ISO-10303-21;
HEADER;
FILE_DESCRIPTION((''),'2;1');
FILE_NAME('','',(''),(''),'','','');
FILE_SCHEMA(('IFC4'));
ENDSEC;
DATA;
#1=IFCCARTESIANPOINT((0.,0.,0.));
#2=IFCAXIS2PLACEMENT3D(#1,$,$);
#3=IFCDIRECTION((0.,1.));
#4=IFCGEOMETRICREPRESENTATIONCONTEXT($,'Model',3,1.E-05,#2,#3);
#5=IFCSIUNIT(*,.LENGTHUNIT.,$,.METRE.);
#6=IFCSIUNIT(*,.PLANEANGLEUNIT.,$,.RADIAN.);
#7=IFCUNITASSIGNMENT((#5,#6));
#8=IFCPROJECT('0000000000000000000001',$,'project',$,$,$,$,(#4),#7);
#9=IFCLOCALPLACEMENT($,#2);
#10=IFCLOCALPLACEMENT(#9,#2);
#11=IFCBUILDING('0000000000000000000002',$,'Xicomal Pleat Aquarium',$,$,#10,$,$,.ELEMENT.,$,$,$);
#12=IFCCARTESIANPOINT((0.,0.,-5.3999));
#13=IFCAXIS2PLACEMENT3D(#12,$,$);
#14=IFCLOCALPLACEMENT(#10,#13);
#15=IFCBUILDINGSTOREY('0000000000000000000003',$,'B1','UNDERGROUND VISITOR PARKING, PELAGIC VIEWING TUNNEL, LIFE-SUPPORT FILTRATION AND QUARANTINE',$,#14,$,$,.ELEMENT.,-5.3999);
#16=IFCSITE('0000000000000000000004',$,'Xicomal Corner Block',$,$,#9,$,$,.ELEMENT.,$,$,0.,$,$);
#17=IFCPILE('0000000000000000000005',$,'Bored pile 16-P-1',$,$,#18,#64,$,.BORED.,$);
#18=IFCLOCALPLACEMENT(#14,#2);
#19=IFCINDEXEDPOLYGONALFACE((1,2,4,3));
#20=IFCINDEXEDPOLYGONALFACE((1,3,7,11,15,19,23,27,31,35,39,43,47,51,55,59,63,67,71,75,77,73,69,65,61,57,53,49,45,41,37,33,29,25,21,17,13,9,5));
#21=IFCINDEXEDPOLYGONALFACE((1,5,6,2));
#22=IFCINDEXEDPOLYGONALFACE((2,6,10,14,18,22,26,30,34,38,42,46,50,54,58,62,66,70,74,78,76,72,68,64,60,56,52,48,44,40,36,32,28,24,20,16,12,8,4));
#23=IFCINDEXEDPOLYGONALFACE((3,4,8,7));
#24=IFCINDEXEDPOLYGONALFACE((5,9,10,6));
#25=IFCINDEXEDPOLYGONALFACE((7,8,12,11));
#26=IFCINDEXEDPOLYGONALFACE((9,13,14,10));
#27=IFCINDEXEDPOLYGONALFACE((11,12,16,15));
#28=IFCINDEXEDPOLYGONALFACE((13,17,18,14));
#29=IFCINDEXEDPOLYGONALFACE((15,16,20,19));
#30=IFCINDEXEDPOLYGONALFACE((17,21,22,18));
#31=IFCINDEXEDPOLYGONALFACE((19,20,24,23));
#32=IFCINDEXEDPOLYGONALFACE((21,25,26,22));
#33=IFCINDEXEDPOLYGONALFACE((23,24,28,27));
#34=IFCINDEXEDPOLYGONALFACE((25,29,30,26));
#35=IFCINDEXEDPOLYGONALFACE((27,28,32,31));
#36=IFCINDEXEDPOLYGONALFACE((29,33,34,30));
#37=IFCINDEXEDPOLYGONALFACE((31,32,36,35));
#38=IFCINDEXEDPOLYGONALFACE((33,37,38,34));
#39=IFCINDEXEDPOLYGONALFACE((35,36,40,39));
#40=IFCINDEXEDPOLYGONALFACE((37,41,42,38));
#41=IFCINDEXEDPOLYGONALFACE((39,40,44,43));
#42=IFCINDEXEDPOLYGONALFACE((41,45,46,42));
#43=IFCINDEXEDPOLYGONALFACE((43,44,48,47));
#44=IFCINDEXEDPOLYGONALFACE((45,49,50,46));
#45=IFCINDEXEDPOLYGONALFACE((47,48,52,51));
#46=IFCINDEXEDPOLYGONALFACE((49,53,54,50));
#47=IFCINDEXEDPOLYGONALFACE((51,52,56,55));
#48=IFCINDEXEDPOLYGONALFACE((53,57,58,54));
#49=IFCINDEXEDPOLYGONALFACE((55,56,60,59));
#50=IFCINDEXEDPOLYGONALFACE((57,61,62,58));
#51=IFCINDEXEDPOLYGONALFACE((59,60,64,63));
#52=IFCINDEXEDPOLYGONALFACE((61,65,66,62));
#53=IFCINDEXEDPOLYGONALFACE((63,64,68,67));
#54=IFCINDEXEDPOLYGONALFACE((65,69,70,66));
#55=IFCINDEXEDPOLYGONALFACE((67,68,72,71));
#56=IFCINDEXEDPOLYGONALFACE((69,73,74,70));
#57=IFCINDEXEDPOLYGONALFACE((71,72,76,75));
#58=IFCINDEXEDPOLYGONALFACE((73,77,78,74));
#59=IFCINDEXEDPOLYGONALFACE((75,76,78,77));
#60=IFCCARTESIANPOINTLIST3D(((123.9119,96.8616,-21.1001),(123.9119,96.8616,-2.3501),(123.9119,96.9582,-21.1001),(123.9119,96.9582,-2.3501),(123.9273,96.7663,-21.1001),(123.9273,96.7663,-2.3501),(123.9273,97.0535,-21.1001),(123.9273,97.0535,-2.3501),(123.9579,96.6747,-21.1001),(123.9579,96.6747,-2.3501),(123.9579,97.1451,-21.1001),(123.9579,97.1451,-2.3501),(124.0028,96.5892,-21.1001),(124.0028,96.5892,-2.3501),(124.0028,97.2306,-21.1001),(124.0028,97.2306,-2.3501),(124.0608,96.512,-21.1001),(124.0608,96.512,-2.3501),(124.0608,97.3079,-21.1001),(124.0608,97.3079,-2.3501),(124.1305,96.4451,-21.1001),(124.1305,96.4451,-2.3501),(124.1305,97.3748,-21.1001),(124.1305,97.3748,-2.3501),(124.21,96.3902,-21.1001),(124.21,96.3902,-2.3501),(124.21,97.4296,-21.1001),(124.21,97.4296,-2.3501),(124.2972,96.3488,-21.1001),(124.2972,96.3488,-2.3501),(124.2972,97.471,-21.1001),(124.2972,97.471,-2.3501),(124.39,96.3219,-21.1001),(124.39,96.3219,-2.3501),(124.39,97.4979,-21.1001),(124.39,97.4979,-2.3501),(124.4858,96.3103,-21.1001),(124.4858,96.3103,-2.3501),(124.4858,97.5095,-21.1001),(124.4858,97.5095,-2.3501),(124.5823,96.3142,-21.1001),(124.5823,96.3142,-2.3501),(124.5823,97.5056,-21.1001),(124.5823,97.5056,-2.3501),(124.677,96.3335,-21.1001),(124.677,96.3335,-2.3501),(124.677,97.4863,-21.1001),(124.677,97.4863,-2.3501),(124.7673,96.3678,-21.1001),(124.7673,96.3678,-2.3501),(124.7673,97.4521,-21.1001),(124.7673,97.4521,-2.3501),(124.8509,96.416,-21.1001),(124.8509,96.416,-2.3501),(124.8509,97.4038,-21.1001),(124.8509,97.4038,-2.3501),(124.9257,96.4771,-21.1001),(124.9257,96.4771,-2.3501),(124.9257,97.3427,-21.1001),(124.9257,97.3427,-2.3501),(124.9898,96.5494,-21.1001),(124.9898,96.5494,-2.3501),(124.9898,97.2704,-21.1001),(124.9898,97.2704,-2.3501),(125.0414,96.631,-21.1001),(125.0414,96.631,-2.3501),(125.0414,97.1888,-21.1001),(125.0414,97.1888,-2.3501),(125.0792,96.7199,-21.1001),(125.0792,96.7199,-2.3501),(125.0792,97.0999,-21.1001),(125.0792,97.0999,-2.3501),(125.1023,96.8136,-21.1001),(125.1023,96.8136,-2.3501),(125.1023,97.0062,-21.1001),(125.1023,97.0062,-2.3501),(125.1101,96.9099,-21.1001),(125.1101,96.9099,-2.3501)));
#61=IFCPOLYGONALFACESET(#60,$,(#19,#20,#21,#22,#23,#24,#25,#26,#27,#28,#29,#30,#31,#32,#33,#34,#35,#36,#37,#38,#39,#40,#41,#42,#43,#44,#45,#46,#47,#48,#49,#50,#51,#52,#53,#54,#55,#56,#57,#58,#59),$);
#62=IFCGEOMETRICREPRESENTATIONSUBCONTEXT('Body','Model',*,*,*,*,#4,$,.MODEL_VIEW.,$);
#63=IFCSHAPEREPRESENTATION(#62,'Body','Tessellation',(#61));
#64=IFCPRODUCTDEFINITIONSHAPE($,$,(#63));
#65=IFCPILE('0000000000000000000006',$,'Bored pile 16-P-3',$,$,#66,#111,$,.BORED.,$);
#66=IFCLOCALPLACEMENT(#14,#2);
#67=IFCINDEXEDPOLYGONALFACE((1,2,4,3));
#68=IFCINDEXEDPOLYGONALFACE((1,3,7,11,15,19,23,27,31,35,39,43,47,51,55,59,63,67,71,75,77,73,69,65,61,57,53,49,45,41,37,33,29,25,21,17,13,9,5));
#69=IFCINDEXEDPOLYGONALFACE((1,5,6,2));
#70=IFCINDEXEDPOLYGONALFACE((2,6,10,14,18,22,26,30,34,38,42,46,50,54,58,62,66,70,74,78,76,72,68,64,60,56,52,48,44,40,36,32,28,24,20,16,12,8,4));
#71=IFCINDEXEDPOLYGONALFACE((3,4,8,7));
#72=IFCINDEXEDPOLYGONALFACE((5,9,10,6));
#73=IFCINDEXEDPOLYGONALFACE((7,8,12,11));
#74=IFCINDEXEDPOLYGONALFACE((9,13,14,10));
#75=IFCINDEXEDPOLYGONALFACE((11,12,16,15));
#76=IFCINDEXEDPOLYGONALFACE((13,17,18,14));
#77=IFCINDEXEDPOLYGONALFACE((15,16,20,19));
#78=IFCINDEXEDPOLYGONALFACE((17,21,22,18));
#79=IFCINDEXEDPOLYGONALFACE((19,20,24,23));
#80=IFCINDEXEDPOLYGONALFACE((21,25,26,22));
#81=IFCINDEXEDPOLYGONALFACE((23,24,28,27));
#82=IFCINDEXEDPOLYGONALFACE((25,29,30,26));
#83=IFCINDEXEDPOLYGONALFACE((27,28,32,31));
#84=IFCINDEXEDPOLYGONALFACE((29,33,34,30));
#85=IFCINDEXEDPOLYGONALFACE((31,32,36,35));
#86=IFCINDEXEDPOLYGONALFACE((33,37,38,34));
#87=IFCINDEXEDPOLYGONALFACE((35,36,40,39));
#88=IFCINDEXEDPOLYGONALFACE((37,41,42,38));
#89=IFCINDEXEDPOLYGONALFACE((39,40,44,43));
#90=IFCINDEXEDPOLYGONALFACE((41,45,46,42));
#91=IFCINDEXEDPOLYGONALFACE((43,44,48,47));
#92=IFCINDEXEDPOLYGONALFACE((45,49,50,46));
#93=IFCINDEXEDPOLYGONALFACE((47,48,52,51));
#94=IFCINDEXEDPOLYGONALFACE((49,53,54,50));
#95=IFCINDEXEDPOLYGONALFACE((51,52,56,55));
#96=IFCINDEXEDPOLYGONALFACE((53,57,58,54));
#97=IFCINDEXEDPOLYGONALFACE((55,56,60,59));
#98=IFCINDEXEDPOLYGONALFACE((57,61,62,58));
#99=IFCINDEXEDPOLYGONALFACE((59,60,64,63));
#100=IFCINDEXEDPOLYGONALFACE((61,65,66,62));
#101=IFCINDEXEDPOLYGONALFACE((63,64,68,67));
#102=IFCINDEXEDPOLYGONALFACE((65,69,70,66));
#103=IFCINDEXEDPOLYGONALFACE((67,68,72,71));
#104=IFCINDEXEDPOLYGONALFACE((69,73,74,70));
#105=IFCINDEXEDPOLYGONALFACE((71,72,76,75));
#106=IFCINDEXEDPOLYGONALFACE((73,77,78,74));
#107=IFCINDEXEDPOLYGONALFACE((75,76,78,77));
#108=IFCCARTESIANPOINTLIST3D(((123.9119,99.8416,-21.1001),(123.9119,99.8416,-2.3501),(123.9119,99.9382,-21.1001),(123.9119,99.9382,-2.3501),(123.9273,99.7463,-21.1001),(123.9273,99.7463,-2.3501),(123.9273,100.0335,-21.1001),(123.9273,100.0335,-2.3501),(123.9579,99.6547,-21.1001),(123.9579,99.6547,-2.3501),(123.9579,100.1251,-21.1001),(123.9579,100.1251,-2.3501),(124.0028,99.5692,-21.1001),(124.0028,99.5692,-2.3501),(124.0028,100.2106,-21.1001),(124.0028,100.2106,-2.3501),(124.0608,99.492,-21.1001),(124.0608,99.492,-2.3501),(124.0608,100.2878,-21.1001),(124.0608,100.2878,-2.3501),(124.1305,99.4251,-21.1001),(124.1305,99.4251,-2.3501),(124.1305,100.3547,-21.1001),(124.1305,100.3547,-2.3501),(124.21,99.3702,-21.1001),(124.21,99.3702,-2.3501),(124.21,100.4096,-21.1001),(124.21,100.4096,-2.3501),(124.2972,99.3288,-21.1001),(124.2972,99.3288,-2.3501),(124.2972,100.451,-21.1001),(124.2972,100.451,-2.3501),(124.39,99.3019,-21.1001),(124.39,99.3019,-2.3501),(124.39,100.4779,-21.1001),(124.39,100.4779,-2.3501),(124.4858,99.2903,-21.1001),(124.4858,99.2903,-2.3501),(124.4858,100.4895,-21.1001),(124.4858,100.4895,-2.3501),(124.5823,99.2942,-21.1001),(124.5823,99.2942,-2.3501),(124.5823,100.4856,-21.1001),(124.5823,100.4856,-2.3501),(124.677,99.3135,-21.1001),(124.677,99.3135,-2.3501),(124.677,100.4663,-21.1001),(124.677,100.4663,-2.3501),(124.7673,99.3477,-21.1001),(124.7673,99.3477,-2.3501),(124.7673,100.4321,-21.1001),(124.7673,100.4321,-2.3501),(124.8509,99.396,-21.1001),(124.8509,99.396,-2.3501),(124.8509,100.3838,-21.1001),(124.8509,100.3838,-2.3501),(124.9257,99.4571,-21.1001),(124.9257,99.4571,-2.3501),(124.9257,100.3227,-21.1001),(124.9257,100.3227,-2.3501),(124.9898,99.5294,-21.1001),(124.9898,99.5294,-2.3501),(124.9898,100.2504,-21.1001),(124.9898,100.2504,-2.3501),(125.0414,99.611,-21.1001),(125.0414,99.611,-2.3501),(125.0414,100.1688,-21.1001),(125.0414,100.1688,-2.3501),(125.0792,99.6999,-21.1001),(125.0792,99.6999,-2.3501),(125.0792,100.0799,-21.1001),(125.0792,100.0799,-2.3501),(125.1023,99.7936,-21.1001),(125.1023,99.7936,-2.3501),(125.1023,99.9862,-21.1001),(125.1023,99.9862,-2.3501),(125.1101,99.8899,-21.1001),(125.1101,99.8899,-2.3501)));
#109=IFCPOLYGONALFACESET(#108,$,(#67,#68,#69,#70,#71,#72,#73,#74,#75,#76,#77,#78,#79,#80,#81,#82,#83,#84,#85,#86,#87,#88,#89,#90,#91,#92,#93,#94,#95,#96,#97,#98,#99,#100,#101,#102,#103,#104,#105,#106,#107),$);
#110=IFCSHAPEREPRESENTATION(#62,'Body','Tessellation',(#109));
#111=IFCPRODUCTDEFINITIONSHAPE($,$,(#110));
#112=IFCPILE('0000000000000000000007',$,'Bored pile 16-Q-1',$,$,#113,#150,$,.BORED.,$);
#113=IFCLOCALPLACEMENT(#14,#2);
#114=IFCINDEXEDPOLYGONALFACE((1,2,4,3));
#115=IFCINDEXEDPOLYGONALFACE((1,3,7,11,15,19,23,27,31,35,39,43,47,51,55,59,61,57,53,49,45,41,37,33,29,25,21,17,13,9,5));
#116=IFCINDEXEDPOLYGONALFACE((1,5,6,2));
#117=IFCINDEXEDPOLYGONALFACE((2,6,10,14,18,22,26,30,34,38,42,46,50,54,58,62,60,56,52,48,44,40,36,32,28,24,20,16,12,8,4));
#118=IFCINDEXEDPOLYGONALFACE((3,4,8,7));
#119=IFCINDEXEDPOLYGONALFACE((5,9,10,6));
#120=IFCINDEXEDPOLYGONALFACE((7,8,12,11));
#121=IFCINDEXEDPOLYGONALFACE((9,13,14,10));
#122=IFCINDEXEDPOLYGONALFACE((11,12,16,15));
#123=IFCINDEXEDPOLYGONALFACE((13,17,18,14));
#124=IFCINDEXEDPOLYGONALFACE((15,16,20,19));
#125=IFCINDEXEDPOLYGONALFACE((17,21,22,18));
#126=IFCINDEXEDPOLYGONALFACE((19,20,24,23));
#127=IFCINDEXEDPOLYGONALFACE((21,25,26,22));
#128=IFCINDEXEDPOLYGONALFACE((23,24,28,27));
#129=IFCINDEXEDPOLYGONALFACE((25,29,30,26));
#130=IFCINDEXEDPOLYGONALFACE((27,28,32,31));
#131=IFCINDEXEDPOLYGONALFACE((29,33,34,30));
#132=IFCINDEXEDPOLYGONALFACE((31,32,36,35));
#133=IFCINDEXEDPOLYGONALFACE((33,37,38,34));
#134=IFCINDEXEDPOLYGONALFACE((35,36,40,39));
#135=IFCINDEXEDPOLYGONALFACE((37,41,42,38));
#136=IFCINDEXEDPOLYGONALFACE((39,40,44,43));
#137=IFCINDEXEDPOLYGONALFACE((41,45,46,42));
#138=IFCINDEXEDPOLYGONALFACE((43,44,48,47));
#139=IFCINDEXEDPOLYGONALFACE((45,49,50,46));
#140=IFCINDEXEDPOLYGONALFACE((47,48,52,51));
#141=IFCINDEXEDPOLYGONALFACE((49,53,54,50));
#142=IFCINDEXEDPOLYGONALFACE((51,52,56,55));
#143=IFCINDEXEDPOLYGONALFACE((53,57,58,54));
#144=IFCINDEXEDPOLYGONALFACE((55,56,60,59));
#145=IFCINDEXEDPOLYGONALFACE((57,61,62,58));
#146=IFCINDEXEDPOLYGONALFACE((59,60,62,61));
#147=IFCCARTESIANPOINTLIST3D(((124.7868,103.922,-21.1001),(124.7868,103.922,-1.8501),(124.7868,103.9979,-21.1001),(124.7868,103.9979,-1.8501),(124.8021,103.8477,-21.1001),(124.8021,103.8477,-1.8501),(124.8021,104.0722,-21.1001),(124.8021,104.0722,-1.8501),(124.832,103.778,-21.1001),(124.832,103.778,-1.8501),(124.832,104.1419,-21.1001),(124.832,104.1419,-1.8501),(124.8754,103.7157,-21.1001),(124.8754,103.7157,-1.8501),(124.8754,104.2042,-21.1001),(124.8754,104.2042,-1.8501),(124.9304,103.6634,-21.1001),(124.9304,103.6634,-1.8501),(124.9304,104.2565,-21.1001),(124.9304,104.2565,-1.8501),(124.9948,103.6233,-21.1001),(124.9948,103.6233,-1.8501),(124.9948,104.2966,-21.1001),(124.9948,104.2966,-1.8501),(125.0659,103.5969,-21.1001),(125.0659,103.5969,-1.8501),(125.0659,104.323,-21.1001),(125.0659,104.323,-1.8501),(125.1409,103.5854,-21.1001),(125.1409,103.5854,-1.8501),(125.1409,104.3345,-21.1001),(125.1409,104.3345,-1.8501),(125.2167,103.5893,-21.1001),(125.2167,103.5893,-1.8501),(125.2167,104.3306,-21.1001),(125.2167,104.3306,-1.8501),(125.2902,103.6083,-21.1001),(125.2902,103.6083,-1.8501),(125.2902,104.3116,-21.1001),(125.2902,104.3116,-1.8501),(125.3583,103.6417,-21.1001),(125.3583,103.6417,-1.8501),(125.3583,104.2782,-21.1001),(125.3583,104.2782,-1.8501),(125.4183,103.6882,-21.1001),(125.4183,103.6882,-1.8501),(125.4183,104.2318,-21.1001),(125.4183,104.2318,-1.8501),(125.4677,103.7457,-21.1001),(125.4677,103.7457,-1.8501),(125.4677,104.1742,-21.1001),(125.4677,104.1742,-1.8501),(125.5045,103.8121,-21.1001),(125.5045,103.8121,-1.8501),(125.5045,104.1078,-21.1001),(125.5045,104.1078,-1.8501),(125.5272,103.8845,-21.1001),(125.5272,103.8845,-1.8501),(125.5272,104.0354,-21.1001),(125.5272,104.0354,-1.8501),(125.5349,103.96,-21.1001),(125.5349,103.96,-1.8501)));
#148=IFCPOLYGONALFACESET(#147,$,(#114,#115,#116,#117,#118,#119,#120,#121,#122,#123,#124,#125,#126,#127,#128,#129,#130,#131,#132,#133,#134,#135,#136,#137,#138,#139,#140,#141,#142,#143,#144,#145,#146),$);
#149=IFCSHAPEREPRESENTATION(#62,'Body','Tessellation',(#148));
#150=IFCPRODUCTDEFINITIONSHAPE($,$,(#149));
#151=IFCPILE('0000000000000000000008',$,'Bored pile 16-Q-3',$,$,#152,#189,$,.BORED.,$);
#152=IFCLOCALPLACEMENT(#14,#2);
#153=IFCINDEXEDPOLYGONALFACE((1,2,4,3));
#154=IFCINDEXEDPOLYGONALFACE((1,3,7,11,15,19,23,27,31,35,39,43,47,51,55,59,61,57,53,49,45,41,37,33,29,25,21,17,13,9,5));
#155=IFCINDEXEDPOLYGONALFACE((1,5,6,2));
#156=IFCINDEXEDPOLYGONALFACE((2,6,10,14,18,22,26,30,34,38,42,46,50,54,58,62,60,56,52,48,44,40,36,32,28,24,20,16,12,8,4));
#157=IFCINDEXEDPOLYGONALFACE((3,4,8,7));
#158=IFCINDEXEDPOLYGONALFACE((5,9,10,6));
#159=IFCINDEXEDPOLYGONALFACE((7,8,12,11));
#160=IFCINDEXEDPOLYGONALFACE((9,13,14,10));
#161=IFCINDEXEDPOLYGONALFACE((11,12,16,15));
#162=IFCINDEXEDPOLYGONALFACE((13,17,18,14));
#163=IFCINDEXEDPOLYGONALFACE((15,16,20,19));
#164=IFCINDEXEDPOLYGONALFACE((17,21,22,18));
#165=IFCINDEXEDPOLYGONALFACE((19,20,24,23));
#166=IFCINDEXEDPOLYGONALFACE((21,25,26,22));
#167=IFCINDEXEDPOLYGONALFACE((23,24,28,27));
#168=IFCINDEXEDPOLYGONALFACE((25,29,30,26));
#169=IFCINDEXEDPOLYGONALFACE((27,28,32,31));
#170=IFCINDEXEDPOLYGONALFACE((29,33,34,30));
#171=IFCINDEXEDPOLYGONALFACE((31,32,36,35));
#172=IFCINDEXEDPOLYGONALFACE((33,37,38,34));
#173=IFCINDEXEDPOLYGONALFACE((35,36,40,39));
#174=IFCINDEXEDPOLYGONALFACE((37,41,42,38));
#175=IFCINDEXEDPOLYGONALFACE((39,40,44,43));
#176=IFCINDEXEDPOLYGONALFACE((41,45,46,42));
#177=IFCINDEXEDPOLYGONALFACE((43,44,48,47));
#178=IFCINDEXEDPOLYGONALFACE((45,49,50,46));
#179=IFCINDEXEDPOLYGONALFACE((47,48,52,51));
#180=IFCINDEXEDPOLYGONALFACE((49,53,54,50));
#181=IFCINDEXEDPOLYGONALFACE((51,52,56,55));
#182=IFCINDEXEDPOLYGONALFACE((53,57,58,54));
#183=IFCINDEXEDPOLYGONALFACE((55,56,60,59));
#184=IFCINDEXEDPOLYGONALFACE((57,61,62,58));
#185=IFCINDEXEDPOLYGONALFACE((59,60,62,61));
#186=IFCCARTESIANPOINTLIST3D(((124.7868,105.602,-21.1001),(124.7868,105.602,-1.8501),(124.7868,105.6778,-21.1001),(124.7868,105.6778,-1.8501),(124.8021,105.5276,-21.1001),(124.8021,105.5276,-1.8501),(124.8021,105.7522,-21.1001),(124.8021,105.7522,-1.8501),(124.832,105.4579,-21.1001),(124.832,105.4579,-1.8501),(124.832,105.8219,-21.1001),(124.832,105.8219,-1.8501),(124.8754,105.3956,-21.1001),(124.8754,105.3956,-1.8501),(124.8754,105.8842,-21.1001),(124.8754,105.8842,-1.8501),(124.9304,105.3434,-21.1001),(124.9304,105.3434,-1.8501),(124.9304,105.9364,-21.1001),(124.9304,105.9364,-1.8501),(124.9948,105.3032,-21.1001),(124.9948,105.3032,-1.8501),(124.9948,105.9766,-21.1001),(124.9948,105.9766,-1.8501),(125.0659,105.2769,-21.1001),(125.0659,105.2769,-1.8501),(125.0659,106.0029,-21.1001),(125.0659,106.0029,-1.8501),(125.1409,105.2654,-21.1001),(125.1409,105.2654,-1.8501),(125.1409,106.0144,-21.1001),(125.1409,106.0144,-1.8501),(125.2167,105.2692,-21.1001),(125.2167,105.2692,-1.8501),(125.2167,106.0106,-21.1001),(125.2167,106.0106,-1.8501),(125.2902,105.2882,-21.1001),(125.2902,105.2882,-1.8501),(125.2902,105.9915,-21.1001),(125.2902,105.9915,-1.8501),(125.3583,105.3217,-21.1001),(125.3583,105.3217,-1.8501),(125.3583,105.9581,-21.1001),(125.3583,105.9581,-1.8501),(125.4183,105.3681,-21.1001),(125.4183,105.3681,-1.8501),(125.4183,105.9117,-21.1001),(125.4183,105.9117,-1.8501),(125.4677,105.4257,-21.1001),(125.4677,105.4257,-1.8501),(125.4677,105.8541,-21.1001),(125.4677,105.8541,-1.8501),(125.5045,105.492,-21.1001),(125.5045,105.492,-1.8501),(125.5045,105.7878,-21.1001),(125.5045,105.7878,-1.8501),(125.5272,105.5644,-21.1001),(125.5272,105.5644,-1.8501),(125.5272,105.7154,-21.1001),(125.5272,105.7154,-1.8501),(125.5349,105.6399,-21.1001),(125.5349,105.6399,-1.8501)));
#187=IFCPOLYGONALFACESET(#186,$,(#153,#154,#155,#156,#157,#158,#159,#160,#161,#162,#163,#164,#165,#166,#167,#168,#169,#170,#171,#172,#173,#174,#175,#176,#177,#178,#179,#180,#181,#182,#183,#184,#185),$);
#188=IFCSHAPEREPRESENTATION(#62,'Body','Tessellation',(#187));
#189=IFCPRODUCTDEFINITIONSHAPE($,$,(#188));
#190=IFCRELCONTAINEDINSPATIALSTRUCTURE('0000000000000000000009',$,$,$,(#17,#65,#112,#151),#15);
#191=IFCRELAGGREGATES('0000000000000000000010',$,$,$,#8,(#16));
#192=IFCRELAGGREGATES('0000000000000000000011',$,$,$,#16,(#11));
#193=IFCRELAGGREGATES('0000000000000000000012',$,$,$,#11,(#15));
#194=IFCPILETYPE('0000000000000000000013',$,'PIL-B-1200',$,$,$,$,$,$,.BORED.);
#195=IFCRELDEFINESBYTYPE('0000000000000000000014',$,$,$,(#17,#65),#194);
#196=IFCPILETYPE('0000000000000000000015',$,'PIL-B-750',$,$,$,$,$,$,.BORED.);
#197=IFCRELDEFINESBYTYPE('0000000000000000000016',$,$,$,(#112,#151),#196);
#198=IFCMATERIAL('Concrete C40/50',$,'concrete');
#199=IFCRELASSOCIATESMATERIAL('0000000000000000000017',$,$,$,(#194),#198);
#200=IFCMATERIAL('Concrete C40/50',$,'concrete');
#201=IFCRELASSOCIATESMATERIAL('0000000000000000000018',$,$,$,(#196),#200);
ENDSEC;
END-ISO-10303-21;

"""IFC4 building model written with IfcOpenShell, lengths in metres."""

from ifc_helpers import new_model, si_unit, direction, frame, origin, origin_2d, place, context, subcontext, project, spatial, circle, extrude, material, material_profile, profile_set, type_object, element, save


model = new_model("IFC4")

# Units and contexts
model_context = context("Model", 3, precision=1e-05, world=origin(), true_north=direction((0.0, 1.0)))
body_context = subcontext(model_context, "Body", "Model", "MODEL_VIEW")
ifc_project = project(units=[si_unit("LENGTHUNIT", "METRE"), si_unit("PLANEANGLEUNIT", "RADIAN")], contexts=[model_context])

# Site, building, storey
site_placement = place(None, origin())
site = spatial("IfcSite", under=ifc_project, at=site_placement, Name="Xicomal Corner Block", CompositionType="ELEMENT", RefElevation=0.0)
building_placement = place(site_placement, origin())
building = spatial("IfcBuilding", under=site, at=building_placement, Name="Xicomal Pleat Aquarium", CompositionType="ELEMENT")
storey_placement = place(building_placement, frame((0.0, 0.0, -5.3999)))
storey = spatial("IfcBuildingStorey", under=building, at=storey_placement, Name="B1", Description="UNDERGROUND VISITOR PARKING, PELAGIC VIEWING TUNNEL, LIFE-SUPPORT FILTRATION AND QUARANTINE", CompositionType="ELEMENT", Elevation=-5.3999)

# Piles
ifc_material_1 = material(Name="Concrete C40/50", Category="concrete")
ifc_material_profile_1 = material_profile(ifc_material_1, circle(Radius=0.6001, at=origin_2d()), Name="BORED PILE D1200")
ifc_profile_set_1 = profile_set([ifc_material_profile_1], Name="Concrete C40/50")
pile_type_1 = type_object("IfcPileType", Name="PIL-B-1200", PredefinedType="BORED", material=ifc_profile_set_1)
for number, where, z_axis, x_axis, name in (
    (1, (124.51, 96.9099, -2.3501), (0.0, 0.0, -1.0), (1.0, 0.0, 0.0), "Bored pile 16-P-1"),
    (2, (124.51, 99.8899, -2.3501), (0.0, 0.0, -1.0), (1.0, 0.0, 0.0), "Bored pile 16-P-3"),
):
    element("IfcPile", number, at=place(storey_placement, frame(where, z_axis=z_axis, x_axis=x_axis)), inside=storey, type_object=pile_type_1, Name=name, PredefinedType="BORED", context=body_context, shape_type="SweptSolid", body=[
        extrude(circle(Radius=0.6001, at=origin_2d()), origin(), (0.0, 0.0, 1.0), 18.75),
    ])
ifc_material_2 = material(Name="Concrete C40/50", Category="concrete")
ifc_material_profile_2 = material_profile(ifc_material_2, circle(Radius=0.375, at=origin_2d()), Name="BORED PILE D750")
ifc_profile_set_2 = profile_set([ifc_material_profile_2], Name="Concrete C40/50")
pile_type_2 = type_object("IfcPileType", Name="PIL-B-750", PredefinedType="BORED", material=ifc_profile_set_2)
for number, where, z_axis, x_axis, name in (
    (3, (125.1599, 103.96, -1.8501), (0.0, 0.0, -1.0), (1.0, 0.0, 0.0), "Bored pile 16-Q-1"),
    (4, (125.1599, 105.6399, -1.8501), (0.0, 0.0, -1.0), (1.0, 0.0, 0.0), "Bored pile 16-Q-3"),
):
    element("IfcPile", number, at=place(storey_placement, frame(where, z_axis=z_axis, x_axis=x_axis)), inside=storey, type_object=pile_type_2, Name=name, PredefinedType="BORED", context=body_context, shape_type="SweptSolid", body=[
        extrude(circle(Radius=0.375, at=origin_2d()), origin(), (0.0, 0.0, 1.0), 19.25),
    ])

save(model, "model.ifc")
